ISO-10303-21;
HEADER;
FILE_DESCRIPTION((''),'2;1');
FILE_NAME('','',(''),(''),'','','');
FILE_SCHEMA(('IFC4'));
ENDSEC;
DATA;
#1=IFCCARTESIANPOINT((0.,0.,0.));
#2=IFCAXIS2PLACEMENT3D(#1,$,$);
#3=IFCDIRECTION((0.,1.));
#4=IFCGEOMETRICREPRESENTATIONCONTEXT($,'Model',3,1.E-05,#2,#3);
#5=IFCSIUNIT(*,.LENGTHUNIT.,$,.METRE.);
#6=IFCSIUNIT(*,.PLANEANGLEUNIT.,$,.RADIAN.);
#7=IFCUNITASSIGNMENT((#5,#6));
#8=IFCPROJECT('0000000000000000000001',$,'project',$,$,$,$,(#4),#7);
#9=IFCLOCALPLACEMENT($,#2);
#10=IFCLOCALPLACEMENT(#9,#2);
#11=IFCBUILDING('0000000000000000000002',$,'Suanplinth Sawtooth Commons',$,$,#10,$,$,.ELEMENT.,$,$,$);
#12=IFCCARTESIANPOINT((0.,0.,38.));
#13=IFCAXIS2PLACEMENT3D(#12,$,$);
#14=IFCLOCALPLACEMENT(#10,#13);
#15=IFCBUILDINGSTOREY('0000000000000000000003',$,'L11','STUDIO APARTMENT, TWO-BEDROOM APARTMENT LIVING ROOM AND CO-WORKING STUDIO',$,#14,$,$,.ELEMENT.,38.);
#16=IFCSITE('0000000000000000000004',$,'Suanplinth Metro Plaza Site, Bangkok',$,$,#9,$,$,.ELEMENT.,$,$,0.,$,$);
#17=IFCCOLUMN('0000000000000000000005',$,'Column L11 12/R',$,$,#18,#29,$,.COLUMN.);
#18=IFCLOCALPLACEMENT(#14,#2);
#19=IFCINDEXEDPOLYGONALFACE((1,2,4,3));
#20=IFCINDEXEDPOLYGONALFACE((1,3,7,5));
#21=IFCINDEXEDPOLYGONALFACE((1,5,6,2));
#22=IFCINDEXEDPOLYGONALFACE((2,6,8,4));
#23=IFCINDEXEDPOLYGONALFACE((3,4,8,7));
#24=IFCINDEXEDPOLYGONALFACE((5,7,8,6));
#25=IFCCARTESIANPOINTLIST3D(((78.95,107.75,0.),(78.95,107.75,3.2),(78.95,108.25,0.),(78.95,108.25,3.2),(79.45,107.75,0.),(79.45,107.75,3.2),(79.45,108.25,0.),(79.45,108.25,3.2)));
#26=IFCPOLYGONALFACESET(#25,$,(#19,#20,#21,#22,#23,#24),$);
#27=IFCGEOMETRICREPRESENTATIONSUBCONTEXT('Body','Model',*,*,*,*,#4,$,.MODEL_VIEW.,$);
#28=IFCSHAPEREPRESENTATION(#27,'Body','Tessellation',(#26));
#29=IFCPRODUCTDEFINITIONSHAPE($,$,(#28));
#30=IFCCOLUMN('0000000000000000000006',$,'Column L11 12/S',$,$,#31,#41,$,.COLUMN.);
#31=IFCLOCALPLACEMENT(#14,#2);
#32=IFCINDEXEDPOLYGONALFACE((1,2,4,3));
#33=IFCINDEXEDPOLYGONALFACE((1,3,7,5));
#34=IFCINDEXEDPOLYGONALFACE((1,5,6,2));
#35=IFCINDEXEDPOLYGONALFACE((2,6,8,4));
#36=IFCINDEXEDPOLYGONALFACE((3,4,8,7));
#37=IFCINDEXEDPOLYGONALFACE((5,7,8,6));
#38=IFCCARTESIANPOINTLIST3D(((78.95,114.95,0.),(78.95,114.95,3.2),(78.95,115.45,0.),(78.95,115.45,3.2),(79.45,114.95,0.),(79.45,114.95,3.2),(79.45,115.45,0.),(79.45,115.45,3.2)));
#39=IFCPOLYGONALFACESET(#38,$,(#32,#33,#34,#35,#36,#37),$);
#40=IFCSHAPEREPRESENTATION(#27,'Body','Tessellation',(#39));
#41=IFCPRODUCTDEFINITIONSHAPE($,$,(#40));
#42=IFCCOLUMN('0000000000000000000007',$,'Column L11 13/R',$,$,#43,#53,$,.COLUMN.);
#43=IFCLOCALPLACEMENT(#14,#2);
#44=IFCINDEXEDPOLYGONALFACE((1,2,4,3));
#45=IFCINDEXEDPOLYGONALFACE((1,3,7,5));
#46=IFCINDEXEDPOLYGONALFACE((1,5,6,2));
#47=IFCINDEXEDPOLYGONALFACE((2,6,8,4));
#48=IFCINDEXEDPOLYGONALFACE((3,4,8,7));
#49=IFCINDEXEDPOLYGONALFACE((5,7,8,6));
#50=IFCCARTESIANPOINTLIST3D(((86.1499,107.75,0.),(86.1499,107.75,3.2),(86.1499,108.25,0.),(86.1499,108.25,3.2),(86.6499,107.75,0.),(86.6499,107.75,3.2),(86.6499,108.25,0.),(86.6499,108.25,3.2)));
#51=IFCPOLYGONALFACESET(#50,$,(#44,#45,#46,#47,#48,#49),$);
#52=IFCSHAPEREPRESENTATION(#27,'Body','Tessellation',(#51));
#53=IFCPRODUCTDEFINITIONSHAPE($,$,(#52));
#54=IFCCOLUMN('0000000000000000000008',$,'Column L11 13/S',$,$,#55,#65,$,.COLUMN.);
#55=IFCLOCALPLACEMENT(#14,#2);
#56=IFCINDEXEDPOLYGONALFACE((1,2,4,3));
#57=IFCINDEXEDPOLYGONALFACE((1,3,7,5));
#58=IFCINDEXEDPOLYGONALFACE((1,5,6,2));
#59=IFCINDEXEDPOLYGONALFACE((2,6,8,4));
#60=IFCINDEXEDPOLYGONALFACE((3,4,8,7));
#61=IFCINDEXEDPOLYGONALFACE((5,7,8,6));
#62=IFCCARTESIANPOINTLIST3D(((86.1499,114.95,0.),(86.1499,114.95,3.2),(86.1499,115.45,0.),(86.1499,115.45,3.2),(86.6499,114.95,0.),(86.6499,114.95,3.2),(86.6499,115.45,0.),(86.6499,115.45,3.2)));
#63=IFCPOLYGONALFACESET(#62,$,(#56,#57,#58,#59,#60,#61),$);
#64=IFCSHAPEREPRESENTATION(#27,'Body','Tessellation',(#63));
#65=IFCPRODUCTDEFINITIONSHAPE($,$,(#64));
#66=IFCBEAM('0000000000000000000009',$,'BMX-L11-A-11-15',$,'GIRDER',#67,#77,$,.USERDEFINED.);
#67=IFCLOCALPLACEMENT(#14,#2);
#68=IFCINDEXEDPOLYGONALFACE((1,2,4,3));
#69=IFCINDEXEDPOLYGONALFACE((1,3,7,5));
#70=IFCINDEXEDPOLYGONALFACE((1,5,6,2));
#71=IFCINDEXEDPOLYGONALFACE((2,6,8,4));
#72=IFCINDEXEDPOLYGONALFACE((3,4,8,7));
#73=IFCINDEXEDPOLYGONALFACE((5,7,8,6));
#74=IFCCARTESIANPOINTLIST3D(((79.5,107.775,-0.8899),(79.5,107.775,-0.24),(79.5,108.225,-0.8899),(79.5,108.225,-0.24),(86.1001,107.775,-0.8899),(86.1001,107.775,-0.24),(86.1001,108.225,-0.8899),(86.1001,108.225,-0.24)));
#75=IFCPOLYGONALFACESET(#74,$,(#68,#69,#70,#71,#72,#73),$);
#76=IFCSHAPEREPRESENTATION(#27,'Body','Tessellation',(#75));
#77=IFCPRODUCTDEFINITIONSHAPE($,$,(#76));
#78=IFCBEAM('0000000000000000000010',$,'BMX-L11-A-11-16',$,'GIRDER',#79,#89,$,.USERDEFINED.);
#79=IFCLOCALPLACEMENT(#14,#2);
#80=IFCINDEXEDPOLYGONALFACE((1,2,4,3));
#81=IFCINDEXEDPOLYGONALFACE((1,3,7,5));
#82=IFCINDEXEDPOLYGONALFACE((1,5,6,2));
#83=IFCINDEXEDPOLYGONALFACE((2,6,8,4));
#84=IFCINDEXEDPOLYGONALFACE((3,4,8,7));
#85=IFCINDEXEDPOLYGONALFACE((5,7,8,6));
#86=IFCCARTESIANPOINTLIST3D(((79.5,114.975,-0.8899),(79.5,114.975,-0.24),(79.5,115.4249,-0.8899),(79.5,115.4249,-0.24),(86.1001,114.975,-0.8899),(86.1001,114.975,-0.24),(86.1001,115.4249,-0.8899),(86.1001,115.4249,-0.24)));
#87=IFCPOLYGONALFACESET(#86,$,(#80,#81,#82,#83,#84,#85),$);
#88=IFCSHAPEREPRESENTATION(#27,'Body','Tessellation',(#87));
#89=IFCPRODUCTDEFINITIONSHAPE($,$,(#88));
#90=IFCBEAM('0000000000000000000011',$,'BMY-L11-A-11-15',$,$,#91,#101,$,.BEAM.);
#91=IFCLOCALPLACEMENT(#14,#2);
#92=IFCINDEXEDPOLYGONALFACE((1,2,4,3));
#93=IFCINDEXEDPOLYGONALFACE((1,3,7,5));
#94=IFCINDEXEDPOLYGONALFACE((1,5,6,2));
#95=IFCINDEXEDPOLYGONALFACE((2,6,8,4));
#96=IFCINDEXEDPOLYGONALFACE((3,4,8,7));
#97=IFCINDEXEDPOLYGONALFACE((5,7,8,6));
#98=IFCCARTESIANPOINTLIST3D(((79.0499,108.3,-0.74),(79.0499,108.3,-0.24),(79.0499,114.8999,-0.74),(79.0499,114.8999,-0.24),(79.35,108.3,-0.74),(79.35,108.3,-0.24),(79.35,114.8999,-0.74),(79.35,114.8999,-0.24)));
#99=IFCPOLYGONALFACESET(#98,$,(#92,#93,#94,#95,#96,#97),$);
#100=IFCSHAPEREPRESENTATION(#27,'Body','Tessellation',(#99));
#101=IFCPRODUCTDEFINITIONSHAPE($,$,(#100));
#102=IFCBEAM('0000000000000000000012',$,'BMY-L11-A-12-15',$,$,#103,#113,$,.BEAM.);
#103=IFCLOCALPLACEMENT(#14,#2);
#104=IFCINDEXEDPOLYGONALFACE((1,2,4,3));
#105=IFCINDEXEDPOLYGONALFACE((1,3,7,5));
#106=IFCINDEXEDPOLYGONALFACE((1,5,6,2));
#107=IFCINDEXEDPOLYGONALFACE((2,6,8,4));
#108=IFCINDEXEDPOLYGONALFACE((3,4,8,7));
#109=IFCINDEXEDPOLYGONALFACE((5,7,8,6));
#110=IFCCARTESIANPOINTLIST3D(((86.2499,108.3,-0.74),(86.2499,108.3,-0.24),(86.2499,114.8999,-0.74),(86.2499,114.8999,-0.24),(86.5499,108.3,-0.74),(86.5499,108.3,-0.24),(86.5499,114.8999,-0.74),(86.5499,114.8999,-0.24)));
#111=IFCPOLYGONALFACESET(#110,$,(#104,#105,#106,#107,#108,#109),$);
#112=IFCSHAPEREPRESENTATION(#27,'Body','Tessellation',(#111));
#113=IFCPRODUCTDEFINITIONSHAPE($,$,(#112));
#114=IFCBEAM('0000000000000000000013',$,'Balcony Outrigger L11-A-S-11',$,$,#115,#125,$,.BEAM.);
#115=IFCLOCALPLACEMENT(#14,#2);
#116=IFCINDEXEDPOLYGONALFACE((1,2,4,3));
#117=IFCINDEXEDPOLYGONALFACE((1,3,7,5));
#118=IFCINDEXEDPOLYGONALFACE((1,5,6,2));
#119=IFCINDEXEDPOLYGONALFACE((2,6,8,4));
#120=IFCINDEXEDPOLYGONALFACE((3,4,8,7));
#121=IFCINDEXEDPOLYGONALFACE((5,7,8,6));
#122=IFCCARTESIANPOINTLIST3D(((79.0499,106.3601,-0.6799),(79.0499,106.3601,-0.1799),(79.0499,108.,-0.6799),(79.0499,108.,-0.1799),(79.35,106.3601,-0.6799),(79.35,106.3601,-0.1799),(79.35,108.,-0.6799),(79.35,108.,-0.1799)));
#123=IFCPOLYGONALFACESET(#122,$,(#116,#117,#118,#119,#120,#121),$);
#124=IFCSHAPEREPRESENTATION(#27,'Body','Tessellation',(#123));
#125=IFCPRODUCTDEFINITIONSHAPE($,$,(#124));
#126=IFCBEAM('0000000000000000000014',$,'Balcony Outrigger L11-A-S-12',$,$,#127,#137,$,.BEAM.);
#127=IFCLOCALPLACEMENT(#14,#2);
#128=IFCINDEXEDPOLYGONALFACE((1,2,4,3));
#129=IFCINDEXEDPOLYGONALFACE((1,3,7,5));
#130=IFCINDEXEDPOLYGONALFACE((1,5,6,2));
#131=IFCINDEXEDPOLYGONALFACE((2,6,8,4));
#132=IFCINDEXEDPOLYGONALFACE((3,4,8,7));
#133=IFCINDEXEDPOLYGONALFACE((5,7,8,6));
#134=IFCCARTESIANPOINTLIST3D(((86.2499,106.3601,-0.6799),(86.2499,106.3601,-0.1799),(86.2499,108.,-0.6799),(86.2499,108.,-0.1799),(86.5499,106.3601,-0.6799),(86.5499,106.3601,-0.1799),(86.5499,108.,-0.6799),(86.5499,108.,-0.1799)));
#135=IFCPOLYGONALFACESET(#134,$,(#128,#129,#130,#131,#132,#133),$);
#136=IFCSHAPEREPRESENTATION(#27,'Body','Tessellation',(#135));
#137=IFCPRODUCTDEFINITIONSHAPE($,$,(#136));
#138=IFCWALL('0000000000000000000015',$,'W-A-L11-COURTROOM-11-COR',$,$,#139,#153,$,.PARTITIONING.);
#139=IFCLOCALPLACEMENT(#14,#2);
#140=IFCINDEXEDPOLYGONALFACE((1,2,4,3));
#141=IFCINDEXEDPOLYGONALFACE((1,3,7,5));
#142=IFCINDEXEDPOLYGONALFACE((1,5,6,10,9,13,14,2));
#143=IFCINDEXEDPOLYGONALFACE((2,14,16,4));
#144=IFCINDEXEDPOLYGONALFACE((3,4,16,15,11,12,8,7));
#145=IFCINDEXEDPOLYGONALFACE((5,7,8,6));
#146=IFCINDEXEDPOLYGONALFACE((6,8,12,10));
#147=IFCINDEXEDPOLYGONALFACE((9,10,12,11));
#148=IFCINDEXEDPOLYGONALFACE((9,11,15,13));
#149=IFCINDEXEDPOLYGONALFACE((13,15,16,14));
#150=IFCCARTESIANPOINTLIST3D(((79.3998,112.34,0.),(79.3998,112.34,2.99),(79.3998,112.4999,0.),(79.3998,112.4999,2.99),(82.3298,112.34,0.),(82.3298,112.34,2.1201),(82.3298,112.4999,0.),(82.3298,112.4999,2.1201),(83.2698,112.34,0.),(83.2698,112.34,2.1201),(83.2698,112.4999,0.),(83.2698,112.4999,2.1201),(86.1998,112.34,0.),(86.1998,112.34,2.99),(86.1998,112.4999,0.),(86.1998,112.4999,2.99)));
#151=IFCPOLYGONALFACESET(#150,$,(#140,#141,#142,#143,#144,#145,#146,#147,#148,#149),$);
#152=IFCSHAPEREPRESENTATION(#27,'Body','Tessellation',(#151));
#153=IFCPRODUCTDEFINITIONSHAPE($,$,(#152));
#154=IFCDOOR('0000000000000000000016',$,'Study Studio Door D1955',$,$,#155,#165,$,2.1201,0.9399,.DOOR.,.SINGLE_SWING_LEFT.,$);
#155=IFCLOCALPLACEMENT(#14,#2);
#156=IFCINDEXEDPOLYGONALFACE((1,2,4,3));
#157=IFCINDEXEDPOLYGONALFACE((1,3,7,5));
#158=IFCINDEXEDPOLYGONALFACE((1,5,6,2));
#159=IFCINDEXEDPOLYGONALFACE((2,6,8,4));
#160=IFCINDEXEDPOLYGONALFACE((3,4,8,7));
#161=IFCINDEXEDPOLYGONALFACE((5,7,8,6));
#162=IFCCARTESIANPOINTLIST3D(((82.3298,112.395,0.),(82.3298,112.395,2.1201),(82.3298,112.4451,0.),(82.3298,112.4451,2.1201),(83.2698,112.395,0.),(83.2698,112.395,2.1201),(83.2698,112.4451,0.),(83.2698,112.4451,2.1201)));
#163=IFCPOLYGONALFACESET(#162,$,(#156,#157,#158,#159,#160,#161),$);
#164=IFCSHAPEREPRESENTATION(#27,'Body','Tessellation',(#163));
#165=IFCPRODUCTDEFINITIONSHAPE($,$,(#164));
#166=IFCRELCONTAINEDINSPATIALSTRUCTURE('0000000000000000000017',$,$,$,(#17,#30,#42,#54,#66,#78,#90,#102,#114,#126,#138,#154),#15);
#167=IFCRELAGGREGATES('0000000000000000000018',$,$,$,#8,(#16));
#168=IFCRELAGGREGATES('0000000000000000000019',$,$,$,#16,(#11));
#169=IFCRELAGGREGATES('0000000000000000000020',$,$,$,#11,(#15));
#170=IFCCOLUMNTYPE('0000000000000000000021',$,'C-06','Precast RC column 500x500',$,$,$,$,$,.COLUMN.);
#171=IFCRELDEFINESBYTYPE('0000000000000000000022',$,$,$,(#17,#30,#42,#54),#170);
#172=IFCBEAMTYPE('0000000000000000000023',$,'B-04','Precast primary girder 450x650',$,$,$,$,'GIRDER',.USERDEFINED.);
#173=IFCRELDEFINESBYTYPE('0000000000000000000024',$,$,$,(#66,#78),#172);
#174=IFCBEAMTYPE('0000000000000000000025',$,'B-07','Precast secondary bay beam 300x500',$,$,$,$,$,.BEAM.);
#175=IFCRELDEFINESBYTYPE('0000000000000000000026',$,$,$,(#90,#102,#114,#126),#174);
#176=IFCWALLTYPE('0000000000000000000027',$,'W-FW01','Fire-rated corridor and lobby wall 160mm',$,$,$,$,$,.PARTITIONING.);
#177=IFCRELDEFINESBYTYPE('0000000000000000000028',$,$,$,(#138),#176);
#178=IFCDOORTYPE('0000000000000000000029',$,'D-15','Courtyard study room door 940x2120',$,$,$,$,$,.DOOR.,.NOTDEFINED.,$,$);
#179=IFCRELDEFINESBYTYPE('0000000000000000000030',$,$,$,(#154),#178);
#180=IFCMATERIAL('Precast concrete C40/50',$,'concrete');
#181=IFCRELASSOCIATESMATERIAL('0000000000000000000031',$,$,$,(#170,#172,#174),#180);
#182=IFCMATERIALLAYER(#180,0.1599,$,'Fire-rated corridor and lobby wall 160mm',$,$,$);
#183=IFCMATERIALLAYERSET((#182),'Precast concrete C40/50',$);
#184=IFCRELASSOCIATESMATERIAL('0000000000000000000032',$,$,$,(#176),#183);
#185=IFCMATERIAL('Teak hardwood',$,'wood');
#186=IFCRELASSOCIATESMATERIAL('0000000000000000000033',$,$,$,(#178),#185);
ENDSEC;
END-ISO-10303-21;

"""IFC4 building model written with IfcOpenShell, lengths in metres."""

from ifc_helpers import new_model, si_unit, direction, frame, frame_2d, origin, origin_2d, place, context, subcontext, project, spatial, rectangle, extrude, material, layer, layer_set, material_profile, profile_set, type_object, element, fill, save


model = new_model("IFC4")

# Units and contexts
model_context = context("Model", 3, precision=1e-05, world=origin(), true_north=direction((0.0, 1.0)))
body_context = subcontext(model_context, "Body", "Model", "MODEL_VIEW")
ifc_project = project(units=[si_unit("LENGTHUNIT", "METRE"), si_unit("PLANEANGLEUNIT", "RADIAN")], contexts=[model_context])

# Site, building, storey
site_placement = place(None, origin())
site = spatial("IfcSite", under=ifc_project, at=site_placement, Name="Suanplinth Metro Plaza Site, Bangkok", CompositionType="ELEMENT", RefElevation=0.0)
building_placement = place(site_placement, origin())
building = spatial("IfcBuilding", under=site, at=building_placement, Name="Suanplinth Sawtooth Commons", CompositionType="ELEMENT")
storey_placement = place(building_placement, frame((0.0, 0.0, 38.0)))
storey = spatial("IfcBuildingStorey", under=building, at=storey_placement, Name="L11", Description="STUDIO APARTMENT, TWO-BEDROOM APARTMENT LIVING ROOM AND CO-WORKING STUDIO", CompositionType="ELEMENT", Elevation=38.0)

# Columns
ifc_material_1 = material(Name="Precast concrete C40/50", Category="concrete")
ifc_material_profile_1 = material_profile(ifc_material_1, rectangle(XDim=0.5, YDim=0.5, at=origin_2d()), Name="PC-COL 500x500")
ifc_profile_set_1 = profile_set([ifc_material_profile_1], Name="Precast concrete C40/50")
column_type = type_object("IfcColumnType", Name="C-06", Description="Precast RC column 500x500", PredefinedType="COLUMN", material=ifc_profile_set_1)
for number, where, z_axis, x_axis, name in (
    (1, (79.2, 108.0, 0.0), (0.0, 0.0, 1.0), (1.0, 0.0, 0.0), "Column L11 12/R"),
    (2, (79.2, 115.2, 0.0), (0.0, 0.0, 1.0), (1.0, 0.0, 0.0), "Column L11 12/S"),
    (3, (86.3999, 108.0, 0.0), (0.0, 0.0, 1.0), (1.0, 0.0, 0.0), "Column L11 13/R"),
    (4, (86.3999, 115.2, 0.0), (0.0, 0.0, 1.0), (1.0, 0.0, 0.0), "Column L11 13/S"),
):
    element("IfcColumn", number, at=place(storey_placement, frame(where, z_axis=z_axis, x_axis=x_axis)), inside=storey, type_object=column_type, Name=name, PredefinedType="COLUMN", context=body_context, shape_type="SweptSolid", body=[
        extrude(rectangle(XDim=0.5, YDim=0.5, at=origin_2d()), origin(), (0.0, 0.0, 1.0), 3.2),
    ])

# Beams
ifc_material_profile_2 = material_profile(ifc_material_1, rectangle(XDim=0.45, YDim=0.6499, at=origin_2d()), Name="PC-GDR 450x650")
ifc_profile_set_2 = profile_set([ifc_material_profile_2], Name="Precast concrete C40/50")
beam_type_1 = type_object("IfcBeamType", Name="B-04", Description="Precast primary girder 450x650", ElementType="GIRDER", PredefinedType="USERDEFINED", material=ifc_profile_set_2)
for number, where, z_axis, x_axis, name in (
    (5, (79.5, 108.0, -0.5649), (1.0, 0.0, 0.0), (0.0, 1.0, 0.0), "BMX-L11-A-11-15"),
    (6, (79.5, 115.2, -0.5649), (1.0, 0.0, 0.0), (0.0, 1.0, 0.0), "BMX-L11-A-11-16"),
):
    element("IfcBeam", number, at=place(storey_placement, frame(where, z_axis=z_axis, x_axis=x_axis)), inside=storey, type_object=beam_type_1, Name=name, ObjectType="GIRDER", PredefinedType="USERDEFINED", context=body_context, shape_type="SweptSolid", body=[
        extrude(rectangle(XDim=0.45, YDim=0.6499, at=origin_2d()), origin(), (0.0, 0.0, 1.0), 6.6001),
    ])
ifc_material_profile_3 = material_profile(ifc_material_1, rectangle(XDim=0.3, YDim=0.5, at=origin_2d()), Name="PC-BM 300x500")
ifc_profile_set_3 = profile_set([ifc_material_profile_3], Name="Precast concrete C40/50")
beam_type_2 = type_object("IfcBeamType", Name="B-07", Description="Precast secondary bay beam 300x500", PredefinedType="BEAM", material=ifc_profile_set_3)
for number, where, z_axis, x_axis, name in (
    (7, (79.2, 108.3, -0.49), (0.0, 1.0, 0.0), (-1.0, 0.0, 0.0), "BMY-L11-A-11-15"),
    (8, (86.3999, 108.3, -0.49), (0.0, 1.0, 0.0), (-1.0, 0.0, 0.0), "BMY-L11-A-12-15"),
):
    element("IfcBeam", number, at=place(storey_placement, frame(where, z_axis=z_axis, x_axis=x_axis)), inside=storey, type_object=beam_type_2, Name=name, PredefinedType="BEAM", context=body_context, shape_type="SweptSolid", body=[
        extrude(rectangle(XDim=0.3, YDim=0.5, at=origin_2d()), origin(), (0.0, 0.0, 1.0), 6.5999),
    ])
for number, where, z_axis, x_axis, name in (
    (9, (79.2, 108.0, -0.4299), (0.0, -1.0, 0.0), (1.0, 0.0, 0.0), "Balcony Outrigger L11-A-S-11"),
    (10, (86.3999, 108.0, -0.4299), (0.0, -1.0, 0.0), (1.0, 0.0, 0.0), "Balcony Outrigger L11-A-S-12"),
):
    element("IfcBeam", number, at=place(storey_placement, frame(where, z_axis=z_axis, x_axis=x_axis)), inside=storey, type_object=beam_type_2, Name=name, PredefinedType="BEAM", context=body_context, shape_type="SweptSolid", body=[
        extrude(rectangle(XDim=0.3, YDim=0.5, at=origin_2d()), origin(), (0.0, 0.0, 1.0), 1.6399),
    ])

# Wall, opening, door
ifc_layer_1 = layer(ifc_material_1, 0.1599, Name="Fire-rated corridor and lobby wall 160mm")
ifc_layer_set_1 = layer_set([ifc_layer_1], Name="Precast concrete C40/50")
wall_type_1 = type_object("IfcWallType", Name="W-FW01", Description="Fire-rated corridor and lobby wall 160mm", PredefinedType="PARTITIONING", material=ifc_layer_set_1)
wall_1_placement = place(storey_placement, frame((79.3999, 112.4199, 0.0), z_axis=(0.0, 0.0, 1.0), x_axis=(1.0, 0.0, 0.0)))
wall_1 = element("IfcWall", 11, at=wall_1_placement, inside=storey, type_object=wall_type_1, Name="W-A-L11-COURTROOM-11-COR", PredefinedType="PARTITIONING", context=body_context, shape_type="SweptSolid", body=[
    extrude(rectangle(XDim=6.8, YDim=0.1599, at=frame_2d((3.3999, 0.0))), origin(), (0.0, 0.0, 1.0), 2.99),
])
opening_1_placement = place(wall_1_placement, frame((2.9299, 0.0, 0.0)))
opening_1 = element("IfcOpeningElement", 12, at=opening_1_placement, cuts=wall_1, PredefinedType="OPENING", context=body_context, shape_type="SweptSolid", body=[
    extrude(rectangle(XDim=0.9399, YDim=2.1201, at=frame_2d((0.47, 1.0601))), frame((0.0, 0.0947, 0.0), z_axis=(0.0, -1.0, 0.0), x_axis=(1.0, 0.0, 0.0)), (0.0, 0.0, 1.0), 0.1897),
])
ifc_material_2 = material(Name="Teak hardwood", Category="wood")
door_type_1 = type_object("IfcDoorType", Name="D-15", Description="Courtyard study room door 940x2120", OperationType="NOTDEFINED", PredefinedType="DOOR", material=ifc_material_2)
door_1_placement = place(opening_1_placement, frame((0.9399, 0.0, 0.0), z_axis=(0.0, 0.0, 1.0), x_axis=(-1.0, 0.0, 0.0)))
door_1 = element("IfcDoor", 13, at=door_1_placement, inside=storey, type_object=door_type_1, Name="Study Studio Door D1955", OperationType="SINGLE_SWING_LEFT", OverallHeight=2.1201, OverallWidth=0.9399, PredefinedType="DOOR", context=body_context, shape_type="SweptSolid", body=[
    extrude(rectangle(XDim=0.9399, YDim=2.1201, at=frame_2d((0.47, 1.0601))), frame((0.0, 0.0249, 0.0), z_axis=(0.0, -1.0, 0.0), x_axis=(1.0, 0.0, 0.0)), (0.0, 0.0, 1.0), 0.05),
])
fill(opening_1, door_1)

save(model, "model.ifc")
